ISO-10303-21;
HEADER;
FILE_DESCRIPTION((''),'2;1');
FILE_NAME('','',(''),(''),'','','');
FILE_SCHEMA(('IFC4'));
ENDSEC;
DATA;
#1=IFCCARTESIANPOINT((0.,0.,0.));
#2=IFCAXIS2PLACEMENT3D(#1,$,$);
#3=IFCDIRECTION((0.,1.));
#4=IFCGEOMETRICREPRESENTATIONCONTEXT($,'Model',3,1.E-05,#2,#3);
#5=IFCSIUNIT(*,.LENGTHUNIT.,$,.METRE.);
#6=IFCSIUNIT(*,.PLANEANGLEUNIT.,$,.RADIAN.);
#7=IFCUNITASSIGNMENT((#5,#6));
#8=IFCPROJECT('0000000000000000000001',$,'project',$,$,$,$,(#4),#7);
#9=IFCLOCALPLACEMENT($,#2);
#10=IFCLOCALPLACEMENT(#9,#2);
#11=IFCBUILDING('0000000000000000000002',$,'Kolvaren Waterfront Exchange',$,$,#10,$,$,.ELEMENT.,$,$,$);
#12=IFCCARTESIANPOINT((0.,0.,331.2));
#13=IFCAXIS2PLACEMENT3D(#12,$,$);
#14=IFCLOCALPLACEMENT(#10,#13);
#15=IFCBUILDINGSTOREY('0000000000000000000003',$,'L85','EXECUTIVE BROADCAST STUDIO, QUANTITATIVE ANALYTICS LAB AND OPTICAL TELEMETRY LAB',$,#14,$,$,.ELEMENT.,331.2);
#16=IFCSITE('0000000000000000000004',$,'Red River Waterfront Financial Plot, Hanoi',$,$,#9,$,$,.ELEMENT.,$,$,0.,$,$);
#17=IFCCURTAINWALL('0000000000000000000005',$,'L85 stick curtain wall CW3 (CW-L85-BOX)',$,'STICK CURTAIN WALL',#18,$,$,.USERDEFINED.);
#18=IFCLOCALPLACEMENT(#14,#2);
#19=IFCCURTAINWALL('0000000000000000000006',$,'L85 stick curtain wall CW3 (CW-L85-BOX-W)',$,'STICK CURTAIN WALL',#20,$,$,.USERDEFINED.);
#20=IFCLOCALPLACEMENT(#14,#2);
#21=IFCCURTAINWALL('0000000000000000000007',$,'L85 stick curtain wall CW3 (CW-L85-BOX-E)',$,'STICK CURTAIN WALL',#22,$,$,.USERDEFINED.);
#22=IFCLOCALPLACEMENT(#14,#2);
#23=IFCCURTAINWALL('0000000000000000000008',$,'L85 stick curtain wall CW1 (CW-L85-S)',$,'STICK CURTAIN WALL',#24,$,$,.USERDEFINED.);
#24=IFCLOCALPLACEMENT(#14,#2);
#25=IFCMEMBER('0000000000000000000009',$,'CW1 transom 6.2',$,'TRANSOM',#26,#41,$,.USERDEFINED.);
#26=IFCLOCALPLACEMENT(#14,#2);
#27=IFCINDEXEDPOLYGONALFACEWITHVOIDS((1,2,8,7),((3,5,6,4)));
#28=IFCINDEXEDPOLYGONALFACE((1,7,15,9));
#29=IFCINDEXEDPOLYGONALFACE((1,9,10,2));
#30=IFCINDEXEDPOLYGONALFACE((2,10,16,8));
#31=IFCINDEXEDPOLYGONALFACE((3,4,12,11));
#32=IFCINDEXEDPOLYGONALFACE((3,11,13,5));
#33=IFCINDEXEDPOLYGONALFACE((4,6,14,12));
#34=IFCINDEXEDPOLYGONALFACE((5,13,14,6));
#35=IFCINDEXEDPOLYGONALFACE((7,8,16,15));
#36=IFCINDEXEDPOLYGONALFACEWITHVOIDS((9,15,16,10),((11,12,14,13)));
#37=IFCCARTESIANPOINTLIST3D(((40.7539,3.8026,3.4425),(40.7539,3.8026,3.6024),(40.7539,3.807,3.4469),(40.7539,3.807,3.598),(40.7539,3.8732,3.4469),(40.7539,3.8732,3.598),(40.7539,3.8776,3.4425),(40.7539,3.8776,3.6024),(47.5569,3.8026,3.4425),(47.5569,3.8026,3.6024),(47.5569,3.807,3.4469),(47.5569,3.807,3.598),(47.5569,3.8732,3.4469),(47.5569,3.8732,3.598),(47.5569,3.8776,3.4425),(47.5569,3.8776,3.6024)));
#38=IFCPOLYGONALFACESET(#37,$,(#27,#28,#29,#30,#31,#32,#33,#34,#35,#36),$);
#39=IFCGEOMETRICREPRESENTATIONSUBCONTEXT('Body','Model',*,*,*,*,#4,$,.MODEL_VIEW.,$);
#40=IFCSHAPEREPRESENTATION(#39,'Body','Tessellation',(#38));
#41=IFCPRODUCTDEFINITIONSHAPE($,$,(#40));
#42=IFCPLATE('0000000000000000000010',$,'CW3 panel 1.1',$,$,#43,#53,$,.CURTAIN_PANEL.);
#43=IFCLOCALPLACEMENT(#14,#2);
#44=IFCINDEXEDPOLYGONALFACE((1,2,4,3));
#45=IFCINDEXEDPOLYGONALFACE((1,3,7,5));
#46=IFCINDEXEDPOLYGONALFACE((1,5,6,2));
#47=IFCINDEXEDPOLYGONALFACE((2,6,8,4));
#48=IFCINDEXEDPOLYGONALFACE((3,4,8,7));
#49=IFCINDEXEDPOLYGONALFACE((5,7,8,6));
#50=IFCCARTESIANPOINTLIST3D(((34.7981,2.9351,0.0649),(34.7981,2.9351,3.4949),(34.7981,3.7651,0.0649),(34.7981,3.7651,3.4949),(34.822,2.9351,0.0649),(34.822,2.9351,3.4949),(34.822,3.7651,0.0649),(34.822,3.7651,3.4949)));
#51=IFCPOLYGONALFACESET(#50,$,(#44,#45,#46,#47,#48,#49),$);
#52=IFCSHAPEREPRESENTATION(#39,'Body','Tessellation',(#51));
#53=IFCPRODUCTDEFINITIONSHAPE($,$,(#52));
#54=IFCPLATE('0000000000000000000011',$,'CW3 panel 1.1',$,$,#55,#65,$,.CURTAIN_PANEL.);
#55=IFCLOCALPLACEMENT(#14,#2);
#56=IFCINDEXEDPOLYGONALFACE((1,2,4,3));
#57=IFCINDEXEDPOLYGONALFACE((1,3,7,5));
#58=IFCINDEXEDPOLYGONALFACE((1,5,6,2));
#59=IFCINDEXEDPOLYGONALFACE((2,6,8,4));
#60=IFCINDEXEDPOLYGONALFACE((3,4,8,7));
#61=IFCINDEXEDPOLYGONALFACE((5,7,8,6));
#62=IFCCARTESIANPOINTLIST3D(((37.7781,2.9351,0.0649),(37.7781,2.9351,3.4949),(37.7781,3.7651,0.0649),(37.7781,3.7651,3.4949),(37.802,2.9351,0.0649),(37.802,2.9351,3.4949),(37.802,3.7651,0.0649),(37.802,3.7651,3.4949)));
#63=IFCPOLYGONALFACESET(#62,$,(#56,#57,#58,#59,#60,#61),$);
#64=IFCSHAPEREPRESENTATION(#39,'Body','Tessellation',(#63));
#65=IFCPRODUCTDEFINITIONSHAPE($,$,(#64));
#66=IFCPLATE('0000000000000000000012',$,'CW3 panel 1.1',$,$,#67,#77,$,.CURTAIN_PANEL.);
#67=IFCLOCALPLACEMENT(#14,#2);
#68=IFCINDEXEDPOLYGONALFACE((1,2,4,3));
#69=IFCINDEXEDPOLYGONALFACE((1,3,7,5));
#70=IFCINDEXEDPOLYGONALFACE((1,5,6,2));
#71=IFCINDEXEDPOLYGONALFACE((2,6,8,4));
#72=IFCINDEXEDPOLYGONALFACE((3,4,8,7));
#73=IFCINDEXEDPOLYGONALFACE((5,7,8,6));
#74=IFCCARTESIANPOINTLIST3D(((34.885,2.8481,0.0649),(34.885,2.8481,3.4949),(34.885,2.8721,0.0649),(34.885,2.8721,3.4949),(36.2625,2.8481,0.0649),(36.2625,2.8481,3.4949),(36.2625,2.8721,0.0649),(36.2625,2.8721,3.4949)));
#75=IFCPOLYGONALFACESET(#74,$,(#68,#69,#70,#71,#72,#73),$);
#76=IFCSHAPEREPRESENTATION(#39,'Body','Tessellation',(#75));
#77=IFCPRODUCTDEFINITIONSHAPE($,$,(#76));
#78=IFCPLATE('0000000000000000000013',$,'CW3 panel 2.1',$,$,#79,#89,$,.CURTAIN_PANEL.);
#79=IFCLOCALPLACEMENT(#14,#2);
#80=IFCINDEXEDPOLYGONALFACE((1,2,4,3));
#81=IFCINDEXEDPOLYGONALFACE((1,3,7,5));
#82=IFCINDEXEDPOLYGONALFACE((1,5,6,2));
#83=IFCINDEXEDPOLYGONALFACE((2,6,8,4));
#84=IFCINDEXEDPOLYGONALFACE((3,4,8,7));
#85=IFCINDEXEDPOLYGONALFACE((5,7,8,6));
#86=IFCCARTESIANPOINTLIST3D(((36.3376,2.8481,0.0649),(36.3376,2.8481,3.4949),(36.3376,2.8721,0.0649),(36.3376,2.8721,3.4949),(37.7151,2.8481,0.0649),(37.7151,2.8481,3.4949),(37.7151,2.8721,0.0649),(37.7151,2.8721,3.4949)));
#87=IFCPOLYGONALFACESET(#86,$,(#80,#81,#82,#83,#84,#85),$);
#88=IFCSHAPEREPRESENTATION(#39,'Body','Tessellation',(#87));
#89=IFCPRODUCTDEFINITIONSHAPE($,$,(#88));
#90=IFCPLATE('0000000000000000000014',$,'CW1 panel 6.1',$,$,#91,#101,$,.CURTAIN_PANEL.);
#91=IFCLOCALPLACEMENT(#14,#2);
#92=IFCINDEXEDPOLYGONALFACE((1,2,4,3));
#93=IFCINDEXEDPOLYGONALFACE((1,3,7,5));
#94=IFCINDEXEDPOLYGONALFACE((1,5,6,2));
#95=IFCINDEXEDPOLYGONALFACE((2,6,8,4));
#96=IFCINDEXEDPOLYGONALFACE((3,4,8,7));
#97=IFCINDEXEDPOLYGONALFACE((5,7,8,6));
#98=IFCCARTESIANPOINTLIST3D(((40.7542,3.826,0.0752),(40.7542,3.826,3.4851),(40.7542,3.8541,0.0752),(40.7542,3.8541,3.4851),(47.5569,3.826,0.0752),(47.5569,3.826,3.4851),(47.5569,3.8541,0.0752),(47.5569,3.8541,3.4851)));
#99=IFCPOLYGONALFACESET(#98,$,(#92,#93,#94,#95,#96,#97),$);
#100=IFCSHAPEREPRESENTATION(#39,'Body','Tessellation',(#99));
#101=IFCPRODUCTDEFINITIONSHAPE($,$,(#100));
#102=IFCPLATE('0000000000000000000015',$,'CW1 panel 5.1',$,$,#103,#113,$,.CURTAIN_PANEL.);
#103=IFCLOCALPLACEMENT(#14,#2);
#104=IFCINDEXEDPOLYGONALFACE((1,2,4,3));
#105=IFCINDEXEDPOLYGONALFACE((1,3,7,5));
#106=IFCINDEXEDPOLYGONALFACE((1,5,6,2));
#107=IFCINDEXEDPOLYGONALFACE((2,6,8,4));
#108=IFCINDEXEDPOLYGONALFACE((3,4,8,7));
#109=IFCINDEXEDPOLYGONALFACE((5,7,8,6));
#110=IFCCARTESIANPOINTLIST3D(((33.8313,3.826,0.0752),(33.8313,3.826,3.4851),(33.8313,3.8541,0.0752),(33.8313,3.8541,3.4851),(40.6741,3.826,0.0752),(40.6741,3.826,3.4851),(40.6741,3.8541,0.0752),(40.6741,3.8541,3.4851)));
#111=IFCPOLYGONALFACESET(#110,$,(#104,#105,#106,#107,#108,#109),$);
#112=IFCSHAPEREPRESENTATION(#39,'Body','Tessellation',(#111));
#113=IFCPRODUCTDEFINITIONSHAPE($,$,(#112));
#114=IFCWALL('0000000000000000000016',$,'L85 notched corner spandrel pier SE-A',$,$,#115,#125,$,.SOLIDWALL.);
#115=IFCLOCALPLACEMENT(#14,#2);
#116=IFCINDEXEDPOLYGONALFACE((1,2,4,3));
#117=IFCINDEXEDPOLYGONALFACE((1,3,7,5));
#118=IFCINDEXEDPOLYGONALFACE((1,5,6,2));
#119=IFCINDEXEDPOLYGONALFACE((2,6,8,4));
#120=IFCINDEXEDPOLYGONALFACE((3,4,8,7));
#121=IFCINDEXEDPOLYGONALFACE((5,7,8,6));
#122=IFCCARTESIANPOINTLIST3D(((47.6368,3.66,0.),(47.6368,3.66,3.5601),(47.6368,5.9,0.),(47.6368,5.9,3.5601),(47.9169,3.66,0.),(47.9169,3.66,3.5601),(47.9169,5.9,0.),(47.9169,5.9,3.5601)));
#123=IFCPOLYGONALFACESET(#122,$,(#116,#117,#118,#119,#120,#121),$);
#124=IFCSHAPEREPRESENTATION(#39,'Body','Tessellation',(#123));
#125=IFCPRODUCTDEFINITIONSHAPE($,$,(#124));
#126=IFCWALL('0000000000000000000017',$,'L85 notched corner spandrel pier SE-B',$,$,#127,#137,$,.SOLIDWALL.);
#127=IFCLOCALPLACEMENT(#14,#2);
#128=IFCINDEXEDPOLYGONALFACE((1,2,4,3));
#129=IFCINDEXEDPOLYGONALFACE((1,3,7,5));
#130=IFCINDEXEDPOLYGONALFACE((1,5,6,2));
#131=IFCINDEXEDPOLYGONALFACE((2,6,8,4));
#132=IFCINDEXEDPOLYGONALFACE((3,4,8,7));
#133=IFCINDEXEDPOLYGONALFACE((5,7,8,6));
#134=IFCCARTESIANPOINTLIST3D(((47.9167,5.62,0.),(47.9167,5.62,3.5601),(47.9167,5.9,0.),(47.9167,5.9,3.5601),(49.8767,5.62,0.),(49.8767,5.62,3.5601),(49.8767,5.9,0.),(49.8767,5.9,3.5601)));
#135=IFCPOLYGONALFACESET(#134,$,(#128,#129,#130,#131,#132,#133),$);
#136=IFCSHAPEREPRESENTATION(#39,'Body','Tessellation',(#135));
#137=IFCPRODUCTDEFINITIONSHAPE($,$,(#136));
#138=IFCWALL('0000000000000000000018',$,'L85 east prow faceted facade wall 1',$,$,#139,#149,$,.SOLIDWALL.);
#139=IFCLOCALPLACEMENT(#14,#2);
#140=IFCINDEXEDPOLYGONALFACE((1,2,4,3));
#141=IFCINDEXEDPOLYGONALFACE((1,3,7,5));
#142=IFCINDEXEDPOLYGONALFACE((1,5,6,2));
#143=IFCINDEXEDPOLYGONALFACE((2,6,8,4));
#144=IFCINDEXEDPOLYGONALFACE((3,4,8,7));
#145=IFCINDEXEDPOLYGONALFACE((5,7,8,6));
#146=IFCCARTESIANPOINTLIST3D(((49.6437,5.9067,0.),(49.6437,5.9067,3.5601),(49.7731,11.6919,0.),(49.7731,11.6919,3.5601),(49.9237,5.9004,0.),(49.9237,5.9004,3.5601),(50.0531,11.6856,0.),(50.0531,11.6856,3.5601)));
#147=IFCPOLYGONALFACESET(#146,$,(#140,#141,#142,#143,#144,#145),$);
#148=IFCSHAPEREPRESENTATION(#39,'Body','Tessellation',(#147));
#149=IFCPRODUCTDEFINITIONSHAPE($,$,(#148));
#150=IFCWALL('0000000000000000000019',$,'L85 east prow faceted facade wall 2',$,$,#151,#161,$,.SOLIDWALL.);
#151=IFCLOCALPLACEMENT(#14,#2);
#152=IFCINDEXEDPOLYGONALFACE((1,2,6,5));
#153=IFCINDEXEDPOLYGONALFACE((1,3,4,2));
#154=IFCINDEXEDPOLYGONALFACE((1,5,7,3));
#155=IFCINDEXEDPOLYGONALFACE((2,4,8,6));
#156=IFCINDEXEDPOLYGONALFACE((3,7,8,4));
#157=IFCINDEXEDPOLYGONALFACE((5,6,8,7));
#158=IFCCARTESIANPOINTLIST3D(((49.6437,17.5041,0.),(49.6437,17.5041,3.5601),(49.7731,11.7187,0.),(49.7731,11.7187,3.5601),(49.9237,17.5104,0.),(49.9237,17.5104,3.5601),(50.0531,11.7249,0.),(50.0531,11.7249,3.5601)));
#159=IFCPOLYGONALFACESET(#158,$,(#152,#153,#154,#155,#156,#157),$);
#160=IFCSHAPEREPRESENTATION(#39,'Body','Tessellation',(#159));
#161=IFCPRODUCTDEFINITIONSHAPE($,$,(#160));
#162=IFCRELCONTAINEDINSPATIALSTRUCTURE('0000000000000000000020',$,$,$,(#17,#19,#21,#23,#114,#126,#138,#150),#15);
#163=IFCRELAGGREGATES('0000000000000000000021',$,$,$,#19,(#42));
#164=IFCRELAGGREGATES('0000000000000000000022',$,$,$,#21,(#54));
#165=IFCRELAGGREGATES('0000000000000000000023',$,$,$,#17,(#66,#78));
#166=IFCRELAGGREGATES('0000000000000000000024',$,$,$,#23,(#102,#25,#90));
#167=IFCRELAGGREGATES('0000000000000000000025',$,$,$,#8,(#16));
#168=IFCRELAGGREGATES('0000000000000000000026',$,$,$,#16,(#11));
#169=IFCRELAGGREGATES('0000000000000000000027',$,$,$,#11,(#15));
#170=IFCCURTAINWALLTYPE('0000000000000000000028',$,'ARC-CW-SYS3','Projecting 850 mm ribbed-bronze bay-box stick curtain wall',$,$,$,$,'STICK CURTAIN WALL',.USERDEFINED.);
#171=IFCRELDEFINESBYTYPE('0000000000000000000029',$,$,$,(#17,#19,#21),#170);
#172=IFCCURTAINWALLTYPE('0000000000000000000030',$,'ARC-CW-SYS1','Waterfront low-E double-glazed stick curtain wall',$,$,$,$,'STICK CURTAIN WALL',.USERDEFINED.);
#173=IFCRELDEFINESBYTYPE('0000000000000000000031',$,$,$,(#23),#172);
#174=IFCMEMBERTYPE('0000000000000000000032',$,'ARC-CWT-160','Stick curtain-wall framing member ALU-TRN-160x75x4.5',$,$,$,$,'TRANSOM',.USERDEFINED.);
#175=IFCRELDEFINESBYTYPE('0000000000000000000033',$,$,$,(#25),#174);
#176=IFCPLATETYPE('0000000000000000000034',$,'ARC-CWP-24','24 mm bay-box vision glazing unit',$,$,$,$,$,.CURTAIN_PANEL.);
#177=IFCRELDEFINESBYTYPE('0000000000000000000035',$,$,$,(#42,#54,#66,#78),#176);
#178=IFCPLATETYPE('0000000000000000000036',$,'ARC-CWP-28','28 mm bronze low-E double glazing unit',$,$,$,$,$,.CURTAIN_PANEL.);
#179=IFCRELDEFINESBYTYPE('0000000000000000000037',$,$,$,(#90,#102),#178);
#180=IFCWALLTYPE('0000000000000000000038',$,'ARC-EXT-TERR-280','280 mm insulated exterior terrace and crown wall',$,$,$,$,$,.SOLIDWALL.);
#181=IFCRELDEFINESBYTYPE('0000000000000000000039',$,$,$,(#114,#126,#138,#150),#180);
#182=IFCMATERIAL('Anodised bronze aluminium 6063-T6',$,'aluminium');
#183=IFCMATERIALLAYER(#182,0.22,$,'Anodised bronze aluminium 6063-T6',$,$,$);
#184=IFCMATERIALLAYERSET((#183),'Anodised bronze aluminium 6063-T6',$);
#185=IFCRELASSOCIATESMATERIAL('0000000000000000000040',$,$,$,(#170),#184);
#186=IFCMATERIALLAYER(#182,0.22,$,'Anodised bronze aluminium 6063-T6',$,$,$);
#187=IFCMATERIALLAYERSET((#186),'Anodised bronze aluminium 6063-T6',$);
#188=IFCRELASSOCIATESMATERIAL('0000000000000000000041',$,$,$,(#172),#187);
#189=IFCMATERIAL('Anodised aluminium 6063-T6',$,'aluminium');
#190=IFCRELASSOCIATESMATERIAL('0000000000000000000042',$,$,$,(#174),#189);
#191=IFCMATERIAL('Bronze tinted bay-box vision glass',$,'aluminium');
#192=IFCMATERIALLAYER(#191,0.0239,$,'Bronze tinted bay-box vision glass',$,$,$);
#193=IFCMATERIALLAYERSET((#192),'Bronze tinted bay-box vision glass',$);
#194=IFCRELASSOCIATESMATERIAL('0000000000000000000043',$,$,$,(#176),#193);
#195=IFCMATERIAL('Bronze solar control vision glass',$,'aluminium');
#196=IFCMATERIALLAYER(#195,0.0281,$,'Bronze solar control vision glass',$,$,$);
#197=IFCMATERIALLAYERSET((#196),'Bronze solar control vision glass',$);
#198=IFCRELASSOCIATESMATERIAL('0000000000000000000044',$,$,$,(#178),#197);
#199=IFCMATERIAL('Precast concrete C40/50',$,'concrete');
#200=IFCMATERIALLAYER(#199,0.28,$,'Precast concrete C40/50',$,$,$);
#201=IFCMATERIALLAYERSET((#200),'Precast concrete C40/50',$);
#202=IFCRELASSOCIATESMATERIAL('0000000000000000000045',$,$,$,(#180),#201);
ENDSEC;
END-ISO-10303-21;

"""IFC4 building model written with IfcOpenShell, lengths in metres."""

from ifc_helpers import new_model, si_unit, direction, frame, frame_2d, origin, origin_with_axes, origin_2d, place, context, subcontext, project, spatial, rectangle, hollow_rectangle, extrude, source, transform, mapped, material, layer, layer_set, material_profile, profile_set, type_object, element, aggregate, save


model = new_model("IFC4")

# Units and contexts
model_context = context("Model", 3, precision=1e-05, world=origin(), true_north=direction((0.0, 1.0)))
body_context = subcontext(model_context, "Body", "Model", "MODEL_VIEW")
ifc_project = project(units=[si_unit("LENGTHUNIT", "METRE"), si_unit("PLANEANGLEUNIT", "RADIAN")], contexts=[model_context])

# Site, building, storey
site_placement = place(None, origin())
site = spatial("IfcSite", under=ifc_project, at=site_placement, Name="Red River Waterfront Financial Plot, Hanoi", CompositionType="ELEMENT", RefElevation=0.0)
building_placement = place(site_placement, origin())
building = spatial("IfcBuilding", under=site, at=building_placement, Name="Kolvaren Waterfront Exchange", CompositionType="ELEMENT")
storey_placement = place(building_placement, frame((0.0, 0.0, 331.2)))
storey = spatial("IfcBuildingStorey", under=building, at=storey_placement, Name="L85", Description="EXECUTIVE BROADCAST STUDIO, QUANTITATIVE ANALYTICS LAB AND OPTICAL TELEMETRY LAB", CompositionType="ELEMENT", Elevation=331.2)

# Curtain walls
ifc_material_1 = material(Name="Anodised bronze aluminium 6063-T6", Category="aluminium")
ifc_layer_1 = layer(ifc_material_1, 0.22, Name="Anodised bronze aluminium 6063-T6")
ifc_layer_set_1 = layer_set([ifc_layer_1], Name="Anodised bronze aluminium 6063-T6")
curtain_wall_type_1 = type_object("IfcCurtainWallType", Name="ARC-CW-SYS3", Description="Projecting 850 mm ribbed-bronze bay-box stick curtain wall", ElementType="STICK CURTAIN WALL", PredefinedType="USERDEFINED", material=ifc_layer_set_1)
curtain_wall_1_placement = place(storey_placement, origin())
curtain_wall_1 = element("IfcCurtainWall", 1, at=curtain_wall_1_placement, inside=storey, type_object=curtain_wall_type_1, Name="L85 stick curtain wall CW3 (CW-L85-BOX)", ObjectType="STICK CURTAIN WALL", PredefinedType="USERDEFINED")
curtain_wall_2_placement = place(storey_placement, origin())
curtain_wall_2 = element("IfcCurtainWall", 2, at=curtain_wall_2_placement, inside=storey, type_object=curtain_wall_type_1, Name="L85 stick curtain wall CW3 (CW-L85-BOX-W)", ObjectType="STICK CURTAIN WALL", PredefinedType="USERDEFINED")
curtain_wall_3_placement = place(storey_placement, origin())
curtain_wall_3 = element("IfcCurtainWall", 3, at=curtain_wall_3_placement, inside=storey, type_object=curtain_wall_type_1, Name="L85 stick curtain wall CW3 (CW-L85-BOX-E)", ObjectType="STICK CURTAIN WALL", PredefinedType="USERDEFINED")

# Curtain wall, member
ifc_layer_2 = layer(ifc_material_1, 0.22, Name="Anodised bronze aluminium 6063-T6")
ifc_layer_set_2 = layer_set([ifc_layer_2], Name="Anodised bronze aluminium 6063-T6")
curtain_wall_type_2 = type_object("IfcCurtainWallType", Name="ARC-CW-SYS1", Description="Waterfront low-E double-glazed stick curtain wall", ElementType="STICK CURTAIN WALL", PredefinedType="USERDEFINED", material=ifc_layer_set_2)
curtain_wall_4_placement = place(storey_placement, origin())
curtain_wall_4 = element("IfcCurtainWall", 4, at=curtain_wall_4_placement, inside=storey, type_object=curtain_wall_type_2, Name="L85 stick curtain wall CW1 (CW-L85-S)", ObjectType="STICK CURTAIN WALL", PredefinedType="USERDEFINED")
ifc_material_2 = material(Name="Anodised aluminium 6063-T6", Category="aluminium")
ifc_material_profile_1 = material_profile(ifc_material_2, hollow_rectangle(XDim=0.075, YDim=0.1599, WallThickness=0.0044, at=origin_2d()), Name="ALU-TRN-160x75x4.5")
ifc_profile_set_1 = profile_set([ifc_material_profile_1], Name="Anodised aluminium 6063-T6")
member_type_1 = type_object("IfcMemberType", Name="ARC-CWT-160", Description="Stick curtain-wall framing member ALU-TRN-160x75x4.5", ElementType="TRANSOM", PredefinedType="USERDEFINED", material=ifc_profile_set_1)
shared_shape_1 = source(origin_with_axes(), body_context, "Body", "SweptSolid", [
    extrude(hollow_rectangle(XDim=0.075, YDim=0.1599, WallThickness=0.0044, at=origin_2d()), origin(), (0.0, 0.0, 1.0), 6.803),
])
member_1_placement = place(storey_placement, frame((40.7539, 3.8401, 3.5225), z_axis=(1.0, 0.0, 0.0), x_axis=(0.0, 1.0, 0.0)))
member_1 = element("IfcMember", 5, at=member_1_placement, type_object=member_type_1, Name="CW1 transom 6.2", ObjectType="TRANSOM", PredefinedType="USERDEFINED", context=body_context, shape_type="MappedRepresentation", body=[
    mapped(shared_shape_1, transform((0.0, 0.0, 0.0), x_axis=(1.0, 0.0, 0.0), y_axis=(0.0, 1.0, 0.0), z_axis=(0.0, 0.0, 1.0), scale=1.0)),
])

# Plates
ifc_material_3 = material(Name="Bronze tinted bay-box vision glass", Category="aluminium")
ifc_layer_3 = layer(ifc_material_3, 0.0239, Name="Bronze tinted bay-box vision glass")
ifc_layer_set_3 = layer_set([ifc_layer_3], Name="Bronze tinted bay-box vision glass")
plate_type_1 = type_object("IfcPlateType", Name="ARC-CWP-24", Description="24 mm bay-box vision glazing unit", PredefinedType="CURTAIN_PANEL", material=ifc_layer_set_3)
shared_shape_2 = source(origin_with_axes(), body_context, "Body", "SweptSolid", [
    extrude(rectangle(XDim=0.8301, YDim=0.0239, at=origin_2d()), origin(), (0.0, 0.0, 1.0), 3.4299),
])
plate_1_placement = place(storey_placement, frame((34.8101, 3.3501, 0.0649), z_axis=(0.0, 0.0, 1.0), x_axis=(0.0, -1.0, 0.0)))
plate_1 = element("IfcPlate", 6, at=plate_1_placement, type_object=plate_type_1, Name="CW3 panel 1.1", PredefinedType="CURTAIN_PANEL", context=body_context, shape_type="MappedRepresentation", body=[
    mapped(shared_shape_2, transform((0.0, 0.0, 0.0), x_axis=(1.0, 0.0, 0.0), y_axis=(0.0, 1.0, 0.0), z_axis=(0.0, 0.0, 1.0), scale=1.0)),
])
aggregate(curtain_wall_2, [plate_1])
plate_2_placement = place(storey_placement, frame((37.79, 3.3501, 0.0649), z_axis=(0.0, 0.0, 1.0), x_axis=(0.0, 1.0, 0.0)))
plate_2 = element("IfcPlate", 7, at=plate_2_placement, type_object=plate_type_1, Name="CW3 panel 1.1", PredefinedType="CURTAIN_PANEL", context=body_context, shape_type="MappedRepresentation", body=[
    mapped(shared_shape_2, transform((0.0, 0.0, 0.0), x_axis=(1.0, 0.0, 0.0), y_axis=(0.0, 1.0, 0.0), z_axis=(0.0, 0.0, 1.0), scale=1.0)),
])
aggregate(curtain_wall_3, [plate_2])
shared_shape_3 = source(origin_with_axes(), body_context, "Body", "SweptSolid", [
    extrude(rectangle(XDim=1.3774, YDim=0.0239, at=origin_2d()), origin(), (0.0, 0.0, 1.0), 3.4299),
])
plate_3_placement = place(storey_placement, frame((35.5737, 2.8601, 0.0649), z_axis=(0.0, 0.0, 1.0), x_axis=(1.0, 0.0, 0.0)))
plate_3 = element("IfcPlate", 8, at=plate_3_placement, type_object=plate_type_1, Name="CW3 panel 1.1", PredefinedType="CURTAIN_PANEL", context=body_context, shape_type="MappedRepresentation", body=[
    mapped(shared_shape_3, transform((0.0, 0.0, 0.0), x_axis=(1.0, 0.0, 0.0), y_axis=(0.0, 1.0, 0.0), z_axis=(0.0, 0.0, 1.0), scale=1.0)),
])
plate_4_placement = place(storey_placement, frame((37.0264, 2.8601, 0.0649), z_axis=(0.0, 0.0, 1.0), x_axis=(1.0, 0.0, 0.0)))
plate_4 = element("IfcPlate", 9, at=plate_4_placement, type_object=plate_type_1, Name="CW3 panel 2.1", PredefinedType="CURTAIN_PANEL", context=body_context, shape_type="MappedRepresentation", body=[
    mapped(shared_shape_3, transform((0.0, 0.0, 0.0), x_axis=(1.0, 0.0, 0.0), y_axis=(0.0, 1.0, 0.0), z_axis=(0.0, 0.0, 1.0), scale=1.0)),
])
aggregate(curtain_wall_1, [plate_3, plate_4])
ifc_material_4 = material(Name="Bronze solar control vision glass", Category="aluminium")
ifc_layer_4 = layer(ifc_material_4, 0.0281, Name="Bronze solar control vision glass")
ifc_layer_set_4 = layer_set([ifc_layer_4], Name="Bronze solar control vision glass")
plate_type_2 = type_object("IfcPlateType", Name="ARC-CWP-28", Description="28 mm bronze low-E double glazing unit", PredefinedType="CURTAIN_PANEL", material=ifc_layer_set_4)
shared_shape_4 = source(origin_with_axes(), body_context, "Body", "SweptSolid", [
    extrude(rectangle(XDim=6.8027, YDim=0.0281, at=origin_2d()), origin(), (0.0, 0.0, 1.0), 3.4099),
])
plate_5_placement = place(storey_placement, frame((44.1555, 3.8401, 0.0752), z_axis=(0.0, 0.0, 1.0), x_axis=(1.0, 0.0, 0.0)))
plate_5 = element("IfcPlate", 10, at=plate_5_placement, type_object=plate_type_2, Name="CW1 panel 6.1", PredefinedType="CURTAIN_PANEL", context=body_context, shape_type="MappedRepresentation", body=[
    mapped(shared_shape_4, transform((0.0, 0.0, 0.0), x_axis=(1.0, 0.0, 0.0), y_axis=(0.0, 1.0, 0.0), z_axis=(0.0, 0.0, 1.0), scale=1.0)),
])
shared_shape_5 = source(origin_with_axes(), body_context, "Body", "SweptSolid", [
    extrude(rectangle(XDim=6.8428, YDim=0.0281, at=origin_2d()), origin(), (0.0, 0.0, 1.0), 3.4099),
])
plate_6_placement = place(storey_placement, frame((37.2527, 3.8401, 0.0752), z_axis=(0.0, 0.0, 1.0), x_axis=(1.0, 0.0, 0.0)))
plate_6 = element("IfcPlate", 11, at=plate_6_placement, type_object=plate_type_2, Name="CW1 panel 5.1", PredefinedType="CURTAIN_PANEL", context=body_context, shape_type="MappedRepresentation", body=[
    mapped(shared_shape_5, transform((0.0, 0.0, 0.0), x_axis=(1.0, 0.0, 0.0), y_axis=(0.0, 1.0, 0.0), z_axis=(0.0, 0.0, 1.0), scale=1.0)),
])
aggregate(curtain_wall_4, [plate_6, member_1, plate_5])

# Walls
ifc_material_5 = material(Name="Precast concrete C40/50", Category="concrete")
ifc_layer_5 = layer(ifc_material_5, 0.28, Name="Precast concrete C40/50")
ifc_layer_set_5 = layer_set([ifc_layer_5], Name="Precast concrete C40/50")
wall_type_1 = type_object("IfcWallType", Name="ARC-EXT-TERR-280", Description="280 mm insulated exterior terrace and crown wall", PredefinedType="SOLIDWALL", material=ifc_layer_set_5)
wall_1_placement = place(storey_placement, frame((47.7769, 3.6599, 0.0), z_axis=(0.0, 0.0, 1.0), x_axis=(0.0, 1.0, 0.0)))
element("IfcWall", 12, at=wall_1_placement, inside=storey, type_object=wall_type_1, Name="L85 notched corner spandrel pier SE-A", PredefinedType="SOLIDWALL", context=body_context, shape_type="SweptSolid", body=[
    extrude(rectangle(XDim=2.24, YDim=0.28, at=frame_2d((1.1201, 0.0))), origin(), (0.0, 0.0, 1.0), 3.5601),
])
wall_2_placement = place(storey_placement, frame((47.9167, 5.76, 0.0), z_axis=(0.0, 0.0, 1.0), x_axis=(1.0, 0.0, 0.0)))
element("IfcWall", 13, at=wall_2_placement, inside=storey, type_object=wall_type_1, Name="L85 notched corner spandrel pier SE-B", PredefinedType="SOLIDWALL", context=body_context, shape_type="SweptSolid", body=[
    extrude(rectangle(XDim=1.96, YDim=0.28, at=frame_2d((0.98, 0.0))), origin(), (0.0, 0.0, 1.0), 3.5601),
])
wall_3_placement = place(storey_placement, frame((49.7837, 5.9036, 0.0), z_axis=(0.0, 0.0, 1.0), x_axis=(0.022361, 0.99975, 0.0)))
element("IfcWall", 14, at=wall_3_placement, inside=storey, type_object=wall_type_1, Name="L85 east prow faceted facade wall 1", PredefinedType="SOLIDWALL", context=body_context, shape_type="SweptSolid", body=[
    extrude(rectangle(XDim=5.7866, YDim=0.28, at=frame_2d((2.8933, 0.0))), origin(), (0.0, 0.0, 1.0), 3.5601),
])
wall_4_placement = place(storey_placement, frame((49.9131, 11.7217, 0.0), z_axis=(0.0, 0.0, 1.0), x_axis=(-0.02236, 0.99975, 0.0)))
element("IfcWall", 15, at=wall_4_placement, inside=storey, type_object=wall_type_1, Name="L85 east prow faceted facade wall 2", PredefinedType="SOLIDWALL", context=body_context, shape_type="SweptSolid", body=[
    extrude(rectangle(XDim=5.7869, YDim=0.28, at=frame_2d((2.8936, 0.0))), origin(), (0.0, 0.0, 1.0), 3.5601),
])

save(model, "model.ifc")
